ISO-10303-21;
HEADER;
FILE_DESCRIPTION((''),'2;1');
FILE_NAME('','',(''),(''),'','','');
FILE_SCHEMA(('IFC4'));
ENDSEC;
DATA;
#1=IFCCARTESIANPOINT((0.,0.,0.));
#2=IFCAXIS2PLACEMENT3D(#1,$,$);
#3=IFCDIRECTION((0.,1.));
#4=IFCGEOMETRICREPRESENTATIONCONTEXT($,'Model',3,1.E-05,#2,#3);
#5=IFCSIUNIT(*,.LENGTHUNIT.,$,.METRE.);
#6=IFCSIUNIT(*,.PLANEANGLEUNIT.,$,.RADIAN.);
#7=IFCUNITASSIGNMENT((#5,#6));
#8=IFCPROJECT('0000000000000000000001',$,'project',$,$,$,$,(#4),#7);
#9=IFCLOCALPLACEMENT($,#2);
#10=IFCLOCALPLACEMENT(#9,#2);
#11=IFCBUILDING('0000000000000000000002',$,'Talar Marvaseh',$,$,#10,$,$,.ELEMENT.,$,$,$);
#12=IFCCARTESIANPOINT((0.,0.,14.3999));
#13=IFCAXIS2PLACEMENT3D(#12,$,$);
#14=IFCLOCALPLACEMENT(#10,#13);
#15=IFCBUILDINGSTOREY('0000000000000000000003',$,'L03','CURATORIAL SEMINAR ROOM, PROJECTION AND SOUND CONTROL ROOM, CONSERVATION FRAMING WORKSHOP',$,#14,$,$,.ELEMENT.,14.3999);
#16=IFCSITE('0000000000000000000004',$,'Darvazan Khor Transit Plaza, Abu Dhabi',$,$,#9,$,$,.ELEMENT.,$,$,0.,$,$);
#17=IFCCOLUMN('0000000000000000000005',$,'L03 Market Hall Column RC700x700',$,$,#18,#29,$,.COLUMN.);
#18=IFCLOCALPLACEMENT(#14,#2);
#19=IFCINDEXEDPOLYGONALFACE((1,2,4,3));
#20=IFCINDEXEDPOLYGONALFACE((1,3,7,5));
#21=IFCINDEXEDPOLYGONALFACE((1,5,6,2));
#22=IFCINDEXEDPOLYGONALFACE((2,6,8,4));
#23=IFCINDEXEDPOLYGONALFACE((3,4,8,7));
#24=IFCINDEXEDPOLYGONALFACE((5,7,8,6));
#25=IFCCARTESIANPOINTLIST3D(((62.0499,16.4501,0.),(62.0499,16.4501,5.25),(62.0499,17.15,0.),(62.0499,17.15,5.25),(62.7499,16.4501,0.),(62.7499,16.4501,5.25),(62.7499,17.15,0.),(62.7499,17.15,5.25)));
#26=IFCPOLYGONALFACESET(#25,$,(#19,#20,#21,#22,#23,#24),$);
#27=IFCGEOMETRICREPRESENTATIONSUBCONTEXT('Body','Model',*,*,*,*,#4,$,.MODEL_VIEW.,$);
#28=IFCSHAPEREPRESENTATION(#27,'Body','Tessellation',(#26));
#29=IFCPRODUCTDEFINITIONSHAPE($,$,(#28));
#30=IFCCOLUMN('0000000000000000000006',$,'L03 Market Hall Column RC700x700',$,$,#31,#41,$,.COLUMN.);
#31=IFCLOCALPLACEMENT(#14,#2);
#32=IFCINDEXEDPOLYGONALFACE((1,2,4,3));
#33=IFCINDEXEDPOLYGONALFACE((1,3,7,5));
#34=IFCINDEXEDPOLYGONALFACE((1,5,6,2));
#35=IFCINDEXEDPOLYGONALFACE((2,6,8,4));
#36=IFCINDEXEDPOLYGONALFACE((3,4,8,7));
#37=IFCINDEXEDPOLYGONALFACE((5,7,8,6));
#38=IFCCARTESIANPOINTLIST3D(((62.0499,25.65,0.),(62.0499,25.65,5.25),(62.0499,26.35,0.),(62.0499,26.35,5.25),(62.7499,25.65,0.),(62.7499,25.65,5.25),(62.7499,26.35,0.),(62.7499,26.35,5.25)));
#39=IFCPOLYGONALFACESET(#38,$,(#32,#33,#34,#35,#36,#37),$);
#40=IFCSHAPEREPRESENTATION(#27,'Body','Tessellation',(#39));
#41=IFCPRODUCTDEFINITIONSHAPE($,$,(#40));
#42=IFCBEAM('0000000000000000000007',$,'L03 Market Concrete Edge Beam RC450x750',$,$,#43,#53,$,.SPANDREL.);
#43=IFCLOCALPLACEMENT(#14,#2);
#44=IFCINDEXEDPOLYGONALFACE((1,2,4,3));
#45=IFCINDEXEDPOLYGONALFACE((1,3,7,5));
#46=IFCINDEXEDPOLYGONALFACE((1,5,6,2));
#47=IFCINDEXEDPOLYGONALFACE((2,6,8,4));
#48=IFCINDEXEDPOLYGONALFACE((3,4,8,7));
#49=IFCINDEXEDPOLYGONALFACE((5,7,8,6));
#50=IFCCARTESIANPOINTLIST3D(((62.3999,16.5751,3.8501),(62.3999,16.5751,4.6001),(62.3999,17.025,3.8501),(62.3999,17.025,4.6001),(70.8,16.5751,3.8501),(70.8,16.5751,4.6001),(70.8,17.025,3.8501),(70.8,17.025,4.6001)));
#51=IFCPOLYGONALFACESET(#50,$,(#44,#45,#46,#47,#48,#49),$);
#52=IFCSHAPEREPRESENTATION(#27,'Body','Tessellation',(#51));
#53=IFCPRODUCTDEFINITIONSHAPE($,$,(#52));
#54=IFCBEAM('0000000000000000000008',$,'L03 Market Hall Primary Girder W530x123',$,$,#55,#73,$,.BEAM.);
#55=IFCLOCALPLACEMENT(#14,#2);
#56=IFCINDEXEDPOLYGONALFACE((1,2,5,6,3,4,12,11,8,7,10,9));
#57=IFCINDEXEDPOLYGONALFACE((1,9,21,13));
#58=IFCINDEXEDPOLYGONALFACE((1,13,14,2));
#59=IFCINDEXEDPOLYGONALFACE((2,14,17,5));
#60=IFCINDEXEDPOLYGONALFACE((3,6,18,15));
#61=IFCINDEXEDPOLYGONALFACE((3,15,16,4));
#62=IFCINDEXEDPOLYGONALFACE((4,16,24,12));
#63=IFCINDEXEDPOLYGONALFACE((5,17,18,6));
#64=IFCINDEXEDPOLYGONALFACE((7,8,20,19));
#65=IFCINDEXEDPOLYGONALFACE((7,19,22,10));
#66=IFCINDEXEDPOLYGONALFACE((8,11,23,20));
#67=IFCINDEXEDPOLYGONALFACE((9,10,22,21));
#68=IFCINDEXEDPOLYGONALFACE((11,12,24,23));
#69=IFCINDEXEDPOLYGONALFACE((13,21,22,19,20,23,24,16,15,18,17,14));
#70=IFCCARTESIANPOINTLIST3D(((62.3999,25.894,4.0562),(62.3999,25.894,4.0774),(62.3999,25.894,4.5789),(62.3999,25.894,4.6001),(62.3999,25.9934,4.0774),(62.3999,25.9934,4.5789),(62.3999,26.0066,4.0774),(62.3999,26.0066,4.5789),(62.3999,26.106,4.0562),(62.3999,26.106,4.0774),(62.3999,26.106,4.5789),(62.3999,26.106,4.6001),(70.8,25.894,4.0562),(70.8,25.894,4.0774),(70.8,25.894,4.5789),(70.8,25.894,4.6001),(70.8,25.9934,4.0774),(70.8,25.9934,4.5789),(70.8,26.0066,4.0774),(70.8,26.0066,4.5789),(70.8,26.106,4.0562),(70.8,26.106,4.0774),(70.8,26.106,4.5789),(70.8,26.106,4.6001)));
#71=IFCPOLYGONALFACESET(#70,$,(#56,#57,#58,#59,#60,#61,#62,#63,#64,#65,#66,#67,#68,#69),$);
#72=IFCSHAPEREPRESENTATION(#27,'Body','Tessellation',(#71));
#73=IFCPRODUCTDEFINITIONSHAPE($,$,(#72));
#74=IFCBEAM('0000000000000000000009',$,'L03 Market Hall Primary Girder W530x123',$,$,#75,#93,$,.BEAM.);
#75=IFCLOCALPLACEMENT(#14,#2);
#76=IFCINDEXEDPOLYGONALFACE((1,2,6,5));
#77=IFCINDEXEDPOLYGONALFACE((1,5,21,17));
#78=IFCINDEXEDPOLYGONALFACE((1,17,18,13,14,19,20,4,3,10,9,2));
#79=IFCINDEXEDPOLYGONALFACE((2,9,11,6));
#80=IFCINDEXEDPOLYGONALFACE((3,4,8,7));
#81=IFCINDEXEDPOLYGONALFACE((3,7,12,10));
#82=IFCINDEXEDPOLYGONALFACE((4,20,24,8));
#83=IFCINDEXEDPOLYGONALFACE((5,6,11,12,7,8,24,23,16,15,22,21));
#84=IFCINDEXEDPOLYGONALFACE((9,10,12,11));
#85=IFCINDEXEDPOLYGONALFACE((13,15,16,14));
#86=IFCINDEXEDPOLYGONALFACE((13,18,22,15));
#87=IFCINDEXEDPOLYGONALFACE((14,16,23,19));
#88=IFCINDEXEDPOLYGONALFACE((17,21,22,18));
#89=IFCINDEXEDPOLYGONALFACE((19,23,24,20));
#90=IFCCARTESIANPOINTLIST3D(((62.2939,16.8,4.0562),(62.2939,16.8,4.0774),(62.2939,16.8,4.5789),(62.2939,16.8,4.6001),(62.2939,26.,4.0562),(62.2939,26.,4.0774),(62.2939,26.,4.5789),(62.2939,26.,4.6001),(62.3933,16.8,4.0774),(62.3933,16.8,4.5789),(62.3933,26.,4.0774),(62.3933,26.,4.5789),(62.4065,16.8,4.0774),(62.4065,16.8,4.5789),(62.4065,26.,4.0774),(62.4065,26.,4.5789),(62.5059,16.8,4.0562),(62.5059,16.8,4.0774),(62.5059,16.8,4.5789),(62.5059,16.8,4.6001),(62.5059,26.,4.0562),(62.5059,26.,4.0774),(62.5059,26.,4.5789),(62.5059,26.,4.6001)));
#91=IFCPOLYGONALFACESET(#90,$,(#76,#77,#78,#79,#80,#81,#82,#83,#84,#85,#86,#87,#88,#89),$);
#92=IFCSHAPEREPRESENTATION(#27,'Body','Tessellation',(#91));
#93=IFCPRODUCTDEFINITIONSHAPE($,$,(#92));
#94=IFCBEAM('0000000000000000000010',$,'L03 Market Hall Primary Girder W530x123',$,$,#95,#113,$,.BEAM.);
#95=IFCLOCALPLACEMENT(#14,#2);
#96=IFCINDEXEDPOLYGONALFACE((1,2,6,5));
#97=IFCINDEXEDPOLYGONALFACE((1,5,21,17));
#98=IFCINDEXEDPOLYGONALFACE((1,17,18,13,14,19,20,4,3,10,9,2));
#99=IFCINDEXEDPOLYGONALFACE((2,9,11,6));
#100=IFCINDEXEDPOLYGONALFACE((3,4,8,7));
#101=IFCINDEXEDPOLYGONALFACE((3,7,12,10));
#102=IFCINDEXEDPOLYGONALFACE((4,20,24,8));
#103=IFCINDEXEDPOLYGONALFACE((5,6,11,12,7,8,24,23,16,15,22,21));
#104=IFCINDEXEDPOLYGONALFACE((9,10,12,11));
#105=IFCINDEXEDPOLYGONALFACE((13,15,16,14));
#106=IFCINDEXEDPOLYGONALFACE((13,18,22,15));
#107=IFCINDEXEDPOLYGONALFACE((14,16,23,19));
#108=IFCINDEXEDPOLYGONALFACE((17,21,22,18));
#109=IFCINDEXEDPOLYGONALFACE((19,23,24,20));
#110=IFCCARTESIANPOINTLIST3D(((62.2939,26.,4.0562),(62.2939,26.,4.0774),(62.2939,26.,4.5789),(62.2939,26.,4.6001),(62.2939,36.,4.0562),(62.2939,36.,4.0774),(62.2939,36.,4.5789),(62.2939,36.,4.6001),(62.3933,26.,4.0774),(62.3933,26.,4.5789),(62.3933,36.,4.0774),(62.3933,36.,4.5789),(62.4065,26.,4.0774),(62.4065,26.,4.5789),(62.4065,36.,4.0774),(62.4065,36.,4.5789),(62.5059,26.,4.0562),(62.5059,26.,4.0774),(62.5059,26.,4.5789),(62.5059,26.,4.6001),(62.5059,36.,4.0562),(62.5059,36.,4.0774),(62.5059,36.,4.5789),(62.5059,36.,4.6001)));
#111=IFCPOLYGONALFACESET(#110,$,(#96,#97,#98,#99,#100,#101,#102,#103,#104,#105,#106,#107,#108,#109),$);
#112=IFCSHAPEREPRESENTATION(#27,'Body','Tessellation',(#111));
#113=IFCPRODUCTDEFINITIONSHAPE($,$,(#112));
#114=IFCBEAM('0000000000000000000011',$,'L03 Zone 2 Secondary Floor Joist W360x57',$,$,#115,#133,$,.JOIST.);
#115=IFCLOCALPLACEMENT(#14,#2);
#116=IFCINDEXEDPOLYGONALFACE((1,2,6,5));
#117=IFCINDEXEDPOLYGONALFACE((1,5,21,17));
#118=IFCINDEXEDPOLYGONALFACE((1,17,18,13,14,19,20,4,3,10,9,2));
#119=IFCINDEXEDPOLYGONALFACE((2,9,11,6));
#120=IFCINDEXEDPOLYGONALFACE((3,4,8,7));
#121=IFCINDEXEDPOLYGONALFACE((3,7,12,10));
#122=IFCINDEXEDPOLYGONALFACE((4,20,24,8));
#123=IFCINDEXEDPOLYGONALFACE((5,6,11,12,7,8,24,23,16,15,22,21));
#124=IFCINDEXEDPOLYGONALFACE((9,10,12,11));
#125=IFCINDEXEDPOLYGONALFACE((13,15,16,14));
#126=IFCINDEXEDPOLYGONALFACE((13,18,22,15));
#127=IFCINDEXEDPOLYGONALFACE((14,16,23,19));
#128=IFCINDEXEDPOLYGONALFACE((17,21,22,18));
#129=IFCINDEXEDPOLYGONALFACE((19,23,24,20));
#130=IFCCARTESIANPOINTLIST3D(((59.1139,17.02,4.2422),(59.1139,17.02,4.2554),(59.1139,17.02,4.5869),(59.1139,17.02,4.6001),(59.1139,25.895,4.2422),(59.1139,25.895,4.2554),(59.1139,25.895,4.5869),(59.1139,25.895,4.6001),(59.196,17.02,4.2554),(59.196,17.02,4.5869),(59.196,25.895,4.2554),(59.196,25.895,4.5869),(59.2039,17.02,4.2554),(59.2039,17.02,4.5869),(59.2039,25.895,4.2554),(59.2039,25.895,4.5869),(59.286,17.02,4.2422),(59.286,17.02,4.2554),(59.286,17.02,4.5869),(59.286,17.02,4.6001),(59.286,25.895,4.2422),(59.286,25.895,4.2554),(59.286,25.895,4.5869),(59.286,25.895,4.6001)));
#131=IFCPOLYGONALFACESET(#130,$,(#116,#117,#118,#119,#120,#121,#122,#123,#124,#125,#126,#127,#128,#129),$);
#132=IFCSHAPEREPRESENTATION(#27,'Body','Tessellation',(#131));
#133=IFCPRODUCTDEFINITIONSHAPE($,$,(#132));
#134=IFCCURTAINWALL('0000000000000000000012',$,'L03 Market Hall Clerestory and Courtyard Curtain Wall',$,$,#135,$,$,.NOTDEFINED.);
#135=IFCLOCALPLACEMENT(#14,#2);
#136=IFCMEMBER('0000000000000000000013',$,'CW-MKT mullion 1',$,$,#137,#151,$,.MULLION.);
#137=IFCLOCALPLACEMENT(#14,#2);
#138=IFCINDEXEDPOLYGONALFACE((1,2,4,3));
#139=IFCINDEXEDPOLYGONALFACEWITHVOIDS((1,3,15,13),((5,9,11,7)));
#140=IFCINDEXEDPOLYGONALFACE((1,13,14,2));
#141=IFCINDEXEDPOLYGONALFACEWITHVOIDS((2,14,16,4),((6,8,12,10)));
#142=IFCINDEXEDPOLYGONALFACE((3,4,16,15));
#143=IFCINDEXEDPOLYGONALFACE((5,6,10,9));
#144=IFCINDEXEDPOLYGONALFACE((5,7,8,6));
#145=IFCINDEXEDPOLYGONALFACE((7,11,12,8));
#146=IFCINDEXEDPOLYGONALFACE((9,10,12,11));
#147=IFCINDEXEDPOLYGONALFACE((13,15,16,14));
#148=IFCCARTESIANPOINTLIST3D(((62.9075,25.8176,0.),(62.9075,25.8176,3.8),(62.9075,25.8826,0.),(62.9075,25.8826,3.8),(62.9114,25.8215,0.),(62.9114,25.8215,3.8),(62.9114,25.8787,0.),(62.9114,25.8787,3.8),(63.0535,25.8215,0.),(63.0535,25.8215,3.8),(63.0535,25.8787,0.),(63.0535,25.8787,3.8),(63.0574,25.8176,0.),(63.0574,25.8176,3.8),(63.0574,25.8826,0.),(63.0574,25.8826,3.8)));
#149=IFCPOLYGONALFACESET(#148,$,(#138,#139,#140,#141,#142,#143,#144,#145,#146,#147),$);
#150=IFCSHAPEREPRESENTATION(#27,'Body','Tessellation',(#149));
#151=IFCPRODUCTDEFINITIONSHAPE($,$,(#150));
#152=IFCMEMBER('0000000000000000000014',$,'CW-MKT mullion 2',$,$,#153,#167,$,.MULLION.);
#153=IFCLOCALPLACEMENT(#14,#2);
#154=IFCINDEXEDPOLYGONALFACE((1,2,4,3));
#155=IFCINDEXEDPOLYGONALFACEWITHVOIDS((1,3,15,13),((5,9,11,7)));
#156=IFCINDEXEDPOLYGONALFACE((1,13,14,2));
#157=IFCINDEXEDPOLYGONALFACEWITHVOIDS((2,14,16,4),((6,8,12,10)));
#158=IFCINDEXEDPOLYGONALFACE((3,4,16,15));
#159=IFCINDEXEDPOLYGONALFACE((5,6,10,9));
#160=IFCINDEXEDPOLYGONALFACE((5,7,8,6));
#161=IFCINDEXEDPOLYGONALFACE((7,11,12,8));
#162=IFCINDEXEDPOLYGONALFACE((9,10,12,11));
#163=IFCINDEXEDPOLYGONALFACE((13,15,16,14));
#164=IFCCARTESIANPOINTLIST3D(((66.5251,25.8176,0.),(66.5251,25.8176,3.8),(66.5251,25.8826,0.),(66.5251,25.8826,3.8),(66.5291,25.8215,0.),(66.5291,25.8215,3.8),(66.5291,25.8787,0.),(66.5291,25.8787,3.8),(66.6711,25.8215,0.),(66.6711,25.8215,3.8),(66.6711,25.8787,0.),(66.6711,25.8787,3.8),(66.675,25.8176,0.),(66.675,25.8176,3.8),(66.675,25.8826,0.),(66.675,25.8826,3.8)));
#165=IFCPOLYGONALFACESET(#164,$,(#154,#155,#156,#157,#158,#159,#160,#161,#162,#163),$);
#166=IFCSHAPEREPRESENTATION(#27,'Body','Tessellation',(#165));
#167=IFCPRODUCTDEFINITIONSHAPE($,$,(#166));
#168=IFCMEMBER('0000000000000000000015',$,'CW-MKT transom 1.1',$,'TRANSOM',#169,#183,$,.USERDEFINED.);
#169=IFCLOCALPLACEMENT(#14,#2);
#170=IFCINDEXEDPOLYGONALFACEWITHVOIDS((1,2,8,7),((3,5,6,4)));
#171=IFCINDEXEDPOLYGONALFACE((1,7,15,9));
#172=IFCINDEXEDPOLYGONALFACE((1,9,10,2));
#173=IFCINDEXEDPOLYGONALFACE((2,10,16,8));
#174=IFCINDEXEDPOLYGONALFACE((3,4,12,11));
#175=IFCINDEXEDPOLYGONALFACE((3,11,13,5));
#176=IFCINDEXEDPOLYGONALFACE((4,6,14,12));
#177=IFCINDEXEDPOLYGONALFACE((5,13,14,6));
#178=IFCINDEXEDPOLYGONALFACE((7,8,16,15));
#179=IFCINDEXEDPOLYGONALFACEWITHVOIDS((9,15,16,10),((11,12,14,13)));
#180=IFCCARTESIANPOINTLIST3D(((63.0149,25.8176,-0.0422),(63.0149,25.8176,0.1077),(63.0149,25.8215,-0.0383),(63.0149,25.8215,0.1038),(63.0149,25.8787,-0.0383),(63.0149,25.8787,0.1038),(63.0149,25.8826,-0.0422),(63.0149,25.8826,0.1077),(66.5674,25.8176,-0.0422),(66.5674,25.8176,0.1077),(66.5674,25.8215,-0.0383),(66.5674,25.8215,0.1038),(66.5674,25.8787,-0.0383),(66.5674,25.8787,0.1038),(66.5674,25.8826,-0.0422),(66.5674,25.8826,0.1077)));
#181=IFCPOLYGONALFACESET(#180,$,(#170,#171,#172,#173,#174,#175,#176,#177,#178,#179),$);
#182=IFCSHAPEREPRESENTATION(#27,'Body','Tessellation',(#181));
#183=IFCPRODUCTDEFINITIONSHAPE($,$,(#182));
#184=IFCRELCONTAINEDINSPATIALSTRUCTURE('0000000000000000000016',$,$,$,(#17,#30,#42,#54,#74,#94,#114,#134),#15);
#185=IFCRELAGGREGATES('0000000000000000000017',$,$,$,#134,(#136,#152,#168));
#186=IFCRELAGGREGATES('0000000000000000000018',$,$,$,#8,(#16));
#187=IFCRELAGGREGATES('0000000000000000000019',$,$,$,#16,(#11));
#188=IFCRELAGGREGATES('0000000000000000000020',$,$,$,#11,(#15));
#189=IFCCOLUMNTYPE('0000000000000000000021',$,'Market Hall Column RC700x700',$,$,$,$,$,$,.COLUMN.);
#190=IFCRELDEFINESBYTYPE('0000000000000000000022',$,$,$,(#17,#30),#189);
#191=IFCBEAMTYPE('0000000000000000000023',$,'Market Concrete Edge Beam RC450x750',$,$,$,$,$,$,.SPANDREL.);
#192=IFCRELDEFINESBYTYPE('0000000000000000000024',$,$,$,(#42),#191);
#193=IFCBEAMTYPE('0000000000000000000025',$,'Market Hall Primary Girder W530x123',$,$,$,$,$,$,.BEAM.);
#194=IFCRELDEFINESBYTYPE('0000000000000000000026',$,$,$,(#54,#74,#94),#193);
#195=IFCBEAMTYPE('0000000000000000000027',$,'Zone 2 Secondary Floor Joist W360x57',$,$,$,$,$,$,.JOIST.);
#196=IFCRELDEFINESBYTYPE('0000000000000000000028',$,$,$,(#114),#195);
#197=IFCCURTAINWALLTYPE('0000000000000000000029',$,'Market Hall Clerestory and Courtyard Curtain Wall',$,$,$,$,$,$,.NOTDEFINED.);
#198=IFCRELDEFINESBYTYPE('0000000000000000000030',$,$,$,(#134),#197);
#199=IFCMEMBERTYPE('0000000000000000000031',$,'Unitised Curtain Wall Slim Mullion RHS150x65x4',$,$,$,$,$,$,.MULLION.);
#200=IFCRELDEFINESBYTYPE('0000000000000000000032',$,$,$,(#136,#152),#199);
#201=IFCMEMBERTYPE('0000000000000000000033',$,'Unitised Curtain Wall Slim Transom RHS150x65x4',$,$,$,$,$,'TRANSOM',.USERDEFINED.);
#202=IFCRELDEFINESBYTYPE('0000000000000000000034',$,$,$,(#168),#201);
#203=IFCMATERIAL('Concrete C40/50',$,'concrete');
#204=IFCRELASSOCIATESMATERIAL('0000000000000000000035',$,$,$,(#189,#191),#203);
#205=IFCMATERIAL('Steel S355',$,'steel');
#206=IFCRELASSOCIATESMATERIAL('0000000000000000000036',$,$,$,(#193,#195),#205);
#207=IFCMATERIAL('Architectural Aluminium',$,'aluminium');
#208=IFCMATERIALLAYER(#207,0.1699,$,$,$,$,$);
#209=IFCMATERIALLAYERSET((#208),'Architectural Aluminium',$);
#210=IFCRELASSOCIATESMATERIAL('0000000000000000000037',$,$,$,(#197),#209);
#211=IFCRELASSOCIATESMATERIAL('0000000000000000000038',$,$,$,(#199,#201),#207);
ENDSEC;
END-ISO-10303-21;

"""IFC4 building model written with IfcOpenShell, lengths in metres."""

from ifc_helpers import new_model, si_unit, direction, frame, origin, origin_2d, place, context, subcontext, project, spatial, rectangle, hollow_rectangle, i_section, extrude, source, transform, mapped, material, layer, layer_set, material_profile, profile_set, type_object, type_shapes, element, aggregate, save


model = new_model("IFC4")

# Units and contexts
model_context = context("Model", 3, precision=1e-05, world=origin(), true_north=direction((0.0, 1.0)))
body_context = subcontext(model_context, "Body", "Model", "MODEL_VIEW")
ifc_project = project(units=[si_unit("LENGTHUNIT", "METRE"), si_unit("PLANEANGLEUNIT", "RADIAN")], contexts=[model_context])

# Site, building, storey
site_placement = place(None, origin())
site = spatial("IfcSite", under=ifc_project, at=site_placement, Name="Darvazan Khor Transit Plaza, Abu Dhabi", CompositionType="ELEMENT", RefElevation=0.0)
building_placement = place(site_placement, origin())
building = spatial("IfcBuilding", under=site, at=building_placement, Name="Talar Marvaseh", CompositionType="ELEMENT")
storey_placement = place(building_placement, frame((0.0, 0.0, 14.3999)))
storey = spatial("IfcBuildingStorey", under=building, at=storey_placement, Name="L03", Description="CURATORIAL SEMINAR ROOM, PROJECTION AND SOUND CONTROL ROOM, CONSERVATION FRAMING WORKSHOP", CompositionType="ELEMENT", Elevation=14.3999)

# Columns
ifc_material_1 = material(Name="Concrete C40/50", Category="concrete")
ifc_material_profile_1 = material_profile(ifc_material_1, rectangle(XDim=0.7, YDim=0.7, at=origin_2d()), Name="RC700x700")
ifc_profile_set_1 = profile_set([ifc_material_profile_1], Name="Concrete C40/50")
column_type = type_object("IfcColumnType", Name="Market Hall Column RC700x700", PredefinedType="COLUMN", material=ifc_profile_set_1)
for number, where, z_axis, x_axis, name in (
    (1, (62.3999, 16.8, 0.0), (0.0, 0.0, 1.0), (1.0, 0.0, 0.0), "L03 Market Hall Column RC700x700"),
    (2, (62.3999, 26.0, 0.0), (0.0, 0.0, 1.0), (1.0, 0.0, 0.0), "L03 Market Hall Column RC700x700"),
):
    element("IfcColumn", number, at=place(storey_placement, frame(where, z_axis=z_axis, x_axis=x_axis)), inside=storey, type_object=column_type, Name=name, PredefinedType="COLUMN", context=body_context, shape_type="SweptSolid", body=[
        extrude(rectangle(XDim=0.7, YDim=0.7, at=origin_2d()), origin(), (0.0, 0.0, 1.0), 5.25),
    ])

# Beams
ifc_material_profile_2 = material_profile(ifc_material_1, rectangle(XDim=0.45, YDim=0.75, at=origin_2d()), Name="RC450x750")
ifc_profile_set_2 = profile_set([ifc_material_profile_2], Name="Concrete C40/50")
beam_type_1 = type_object("IfcBeamType", Name="Market Concrete Edge Beam RC450x750", PredefinedType="SPANDREL", material=ifc_profile_set_2)
beam_1_placement = place(storey_placement, frame((62.3999, 16.8, 4.2251), z_axis=(1.0, 0.0, 0.0), x_axis=(0.0, 1.0, 0.0)))
element("IfcBeam", 3, at=beam_1_placement, inside=storey, type_object=beam_type_1, Name="L03 Market Concrete Edge Beam RC450x750", PredefinedType="SPANDREL", context=body_context, shape_type="SweptSolid", body=[
    extrude(rectangle(XDim=0.45, YDim=0.75, at=origin_2d()), origin(), (0.0, 0.0, 1.0), 8.4001),
])
ifc_material_2 = material(Name="Steel S355", Category="steel")
ifc_material_profile_3 = material_profile(ifc_material_2, i_section(OverallWidth=0.2119, OverallDepth=0.5439, WebThickness=0.0132, FlangeThickness=0.0212, at=origin_2d()), Name="W530x123")
ifc_profile_set_3 = profile_set([ifc_material_profile_3], Name="Steel S355")
beam_type_2 = type_object("IfcBeamType", Name="Market Hall Primary Girder W530x123", PredefinedType="BEAM", material=ifc_profile_set_3)
beam_2_placement = place(storey_placement, frame((62.3999, 26.0, 4.3281), z_axis=(1.0, 0.0, 0.0), x_axis=(0.0, 1.0, 0.0)))
element("IfcBeam", 4, at=beam_2_placement, inside=storey, type_object=beam_type_2, Name="L03 Market Hall Primary Girder W530x123", PredefinedType="BEAM", context=body_context, shape_type="SweptSolid", body=[
    extrude(i_section(OverallWidth=0.2119, OverallDepth=0.5439, WebThickness=0.0132, FlangeThickness=0.0212, at=origin_2d()), origin(), (0.0, 0.0, 1.0), 8.4001),
])
beam_3_placement = place(storey_placement, frame((62.3999, 16.8, 4.3281), z_axis=(0.0, 1.0, 0.0), x_axis=(-1.0, 0.0, 0.0)))
element("IfcBeam", 5, at=beam_3_placement, inside=storey, type_object=beam_type_2, Name="L03 Market Hall Primary Girder W530x123", PredefinedType="BEAM", context=body_context, shape_type="SweptSolid", body=[
    extrude(i_section(OverallWidth=0.2119, OverallDepth=0.5439, WebThickness=0.0132, FlangeThickness=0.0212, at=origin_2d()), origin(), (0.0, 0.0, 1.0), 9.2),
])
beam_4_placement = place(storey_placement, frame((62.3999, 26.0, 4.3281), z_axis=(0.0, 1.0, 0.0), x_axis=(-1.0, 0.0, 0.0)))
element("IfcBeam", 6, at=beam_4_placement, inside=storey, type_object=beam_type_2, Name="L03 Market Hall Primary Girder W530x123", PredefinedType="BEAM", context=body_context, shape_type="SweptSolid", body=[
    extrude(i_section(OverallWidth=0.2119, OverallDepth=0.5439, WebThickness=0.0132, FlangeThickness=0.0212, at=origin_2d()), origin(), (0.0, 0.0, 1.0), 10.0),
])
ifc_material_profile_4 = material_profile(ifc_material_2, i_section(OverallWidth=0.1721, OverallDepth=0.3579, WebThickness=0.0078, FlangeThickness=0.0132, at=origin_2d()), Name="W360x57")
ifc_profile_set_4 = profile_set([ifc_material_profile_4], Name="Steel S355")
beam_type_3 = type_object("IfcBeamType", Name="Zone 2 Secondary Floor Joist W360x57", PredefinedType="JOIST", material=ifc_profile_set_4)
beam_5_placement = place(storey_placement, frame((59.2, 17.02, 4.4211), z_axis=(0.0, 1.0, 0.0), x_axis=(-1.0, 0.0, 0.0)))
element("IfcBeam", 7, at=beam_5_placement, inside=storey, type_object=beam_type_3, Name="L03 Zone 2 Secondary Floor Joist W360x57", PredefinedType="JOIST", context=body_context, shape_type="SweptSolid", body=[
    extrude(i_section(OverallWidth=0.1721, OverallDepth=0.3579, WebThickness=0.0078, FlangeThickness=0.0132, at=origin_2d()), origin(), (0.0, 0.0, 1.0), 8.875),
])

# Curtain wall, members
ifc_material_3 = material(Name="Architectural Aluminium", Category="aluminium")
ifc_layer_1 = layer(ifc_material_3, 0.1699)
ifc_layer_set_1 = layer_set([ifc_layer_1], Name="Architectural Aluminium")
curtain_wall_type = type_object("IfcCurtainWallType", Name="Market Hall Clerestory and Courtyard Curtain Wall", PredefinedType="NOTDEFINED", material=ifc_layer_set_1)
curtain_wall_placement = place(storey_placement, origin())
curtain_wall = element("IfcCurtainWall", 8, at=curtain_wall_placement, inside=storey, type_object=curtain_wall_type, Name="L03 Market Hall Clerestory and Courtyard Curtain Wall", PredefinedType="NOTDEFINED")
ifc_material_profile_5 = material_profile(ifc_material_3, hollow_rectangle(XDim=0.0649, YDim=0.1499, WallThickness=0.0039, at=origin_2d()), Name="RHS150x65x4")
ifc_profile_set_5 = profile_set([ifc_material_profile_5], Name="Architectural Aluminium")
member_type_1 = type_object("IfcMemberType", Name="Unitised Curtain Wall Slim Mullion RHS150x65x4", PredefinedType="MULLION", material=ifc_profile_set_5)
shared_shape_1 = source(origin(), body_context, "Body", "SweptSolid", [
    extrude(hollow_rectangle(XDim=0.0649, YDim=0.1499, WallThickness=0.0039, at=origin_2d()), origin(), (0.0, 0.0, 1.0), 3.8),
])
type_shapes(member_type_1, [shared_shape_1])
member_1_placement = place(storey_placement, frame((62.9824, 25.8501, 0.0), z_axis=(0.0, 0.0, 1.0), x_axis=(0.0, 1.0, 0.0)))
member_1 = element("IfcMember", 9, at=member_1_placement, type_object=member_type_1, Name="CW-MKT mullion 1", PredefinedType="MULLION", context=body_context, shape_type="MappedRepresentation", body=[
    mapped(shared_shape_1, transform((0.0, 0.0, 0.0), x_axis=(1.0, 0.0, 0.0), y_axis=(0.0, 1.0, 0.0), z_axis=(0.0, 0.0, 1.0), scale=1.0)),
])
member_2_placement = place(storey_placement, frame((66.6001, 25.8501, 0.0), z_axis=(0.0, 0.0, 1.0), x_axis=(0.0, 1.0, 0.0)))
member_2 = element("IfcMember", 10, at=member_2_placement, type_object=member_type_1, Name="CW-MKT mullion 2", PredefinedType="MULLION", context=body_context, shape_type="MappedRepresentation", body=[
    mapped(shared_shape_1, transform((0.0, 0.0, 0.0), x_axis=(1.0, 0.0, 0.0), y_axis=(0.0, 1.0, 0.0), z_axis=(0.0, 0.0, 1.0), scale=1.0)),
])
ifc_material_profile_6 = material_profile(ifc_material_3, hollow_rectangle(XDim=0.0649, YDim=0.1499, WallThickness=0.0039, at=origin_2d()), Name="RHS150x65x4")
ifc_profile_set_6 = profile_set([ifc_material_profile_6], Name="Architectural Aluminium")
member_type_2 = type_object("IfcMemberType", Name="Unitised Curtain Wall Slim Transom RHS150x65x4", ElementType="TRANSOM", PredefinedType="USERDEFINED", material=ifc_profile_set_6)
shared_shape_2 = source(origin(), body_context, "Body", "SweptSolid", [
    extrude(hollow_rectangle(XDim=0.0649, YDim=0.1499, WallThickness=0.0039, at=origin_2d()), origin(), (0.0, 0.0, 1.0), 3.5525),
])
type_shapes(member_type_2, [shared_shape_2])
member_3_placement = place(storey_placement, frame((63.0149, 25.8501, 0.0327), z_axis=(1.0, 0.0, 0.0), x_axis=(0.0, 1.0, 0.0)))
member_3 = element("IfcMember", 11, at=member_3_placement, type_object=member_type_2, Name="CW-MKT transom 1.1", ObjectType="TRANSOM", PredefinedType="USERDEFINED", context=body_context, shape_type="MappedRepresentation", body=[
    mapped(shared_shape_2, transform((0.0, 0.0, 0.0), x_axis=(1.0, 0.0, 0.0), y_axis=(0.0, 1.0, 0.0), z_axis=(0.0, 0.0, 1.0), scale=1.0)),
])
aggregate(curtain_wall, [member_1, member_2, member_3])

save(model, "model.ifc")
